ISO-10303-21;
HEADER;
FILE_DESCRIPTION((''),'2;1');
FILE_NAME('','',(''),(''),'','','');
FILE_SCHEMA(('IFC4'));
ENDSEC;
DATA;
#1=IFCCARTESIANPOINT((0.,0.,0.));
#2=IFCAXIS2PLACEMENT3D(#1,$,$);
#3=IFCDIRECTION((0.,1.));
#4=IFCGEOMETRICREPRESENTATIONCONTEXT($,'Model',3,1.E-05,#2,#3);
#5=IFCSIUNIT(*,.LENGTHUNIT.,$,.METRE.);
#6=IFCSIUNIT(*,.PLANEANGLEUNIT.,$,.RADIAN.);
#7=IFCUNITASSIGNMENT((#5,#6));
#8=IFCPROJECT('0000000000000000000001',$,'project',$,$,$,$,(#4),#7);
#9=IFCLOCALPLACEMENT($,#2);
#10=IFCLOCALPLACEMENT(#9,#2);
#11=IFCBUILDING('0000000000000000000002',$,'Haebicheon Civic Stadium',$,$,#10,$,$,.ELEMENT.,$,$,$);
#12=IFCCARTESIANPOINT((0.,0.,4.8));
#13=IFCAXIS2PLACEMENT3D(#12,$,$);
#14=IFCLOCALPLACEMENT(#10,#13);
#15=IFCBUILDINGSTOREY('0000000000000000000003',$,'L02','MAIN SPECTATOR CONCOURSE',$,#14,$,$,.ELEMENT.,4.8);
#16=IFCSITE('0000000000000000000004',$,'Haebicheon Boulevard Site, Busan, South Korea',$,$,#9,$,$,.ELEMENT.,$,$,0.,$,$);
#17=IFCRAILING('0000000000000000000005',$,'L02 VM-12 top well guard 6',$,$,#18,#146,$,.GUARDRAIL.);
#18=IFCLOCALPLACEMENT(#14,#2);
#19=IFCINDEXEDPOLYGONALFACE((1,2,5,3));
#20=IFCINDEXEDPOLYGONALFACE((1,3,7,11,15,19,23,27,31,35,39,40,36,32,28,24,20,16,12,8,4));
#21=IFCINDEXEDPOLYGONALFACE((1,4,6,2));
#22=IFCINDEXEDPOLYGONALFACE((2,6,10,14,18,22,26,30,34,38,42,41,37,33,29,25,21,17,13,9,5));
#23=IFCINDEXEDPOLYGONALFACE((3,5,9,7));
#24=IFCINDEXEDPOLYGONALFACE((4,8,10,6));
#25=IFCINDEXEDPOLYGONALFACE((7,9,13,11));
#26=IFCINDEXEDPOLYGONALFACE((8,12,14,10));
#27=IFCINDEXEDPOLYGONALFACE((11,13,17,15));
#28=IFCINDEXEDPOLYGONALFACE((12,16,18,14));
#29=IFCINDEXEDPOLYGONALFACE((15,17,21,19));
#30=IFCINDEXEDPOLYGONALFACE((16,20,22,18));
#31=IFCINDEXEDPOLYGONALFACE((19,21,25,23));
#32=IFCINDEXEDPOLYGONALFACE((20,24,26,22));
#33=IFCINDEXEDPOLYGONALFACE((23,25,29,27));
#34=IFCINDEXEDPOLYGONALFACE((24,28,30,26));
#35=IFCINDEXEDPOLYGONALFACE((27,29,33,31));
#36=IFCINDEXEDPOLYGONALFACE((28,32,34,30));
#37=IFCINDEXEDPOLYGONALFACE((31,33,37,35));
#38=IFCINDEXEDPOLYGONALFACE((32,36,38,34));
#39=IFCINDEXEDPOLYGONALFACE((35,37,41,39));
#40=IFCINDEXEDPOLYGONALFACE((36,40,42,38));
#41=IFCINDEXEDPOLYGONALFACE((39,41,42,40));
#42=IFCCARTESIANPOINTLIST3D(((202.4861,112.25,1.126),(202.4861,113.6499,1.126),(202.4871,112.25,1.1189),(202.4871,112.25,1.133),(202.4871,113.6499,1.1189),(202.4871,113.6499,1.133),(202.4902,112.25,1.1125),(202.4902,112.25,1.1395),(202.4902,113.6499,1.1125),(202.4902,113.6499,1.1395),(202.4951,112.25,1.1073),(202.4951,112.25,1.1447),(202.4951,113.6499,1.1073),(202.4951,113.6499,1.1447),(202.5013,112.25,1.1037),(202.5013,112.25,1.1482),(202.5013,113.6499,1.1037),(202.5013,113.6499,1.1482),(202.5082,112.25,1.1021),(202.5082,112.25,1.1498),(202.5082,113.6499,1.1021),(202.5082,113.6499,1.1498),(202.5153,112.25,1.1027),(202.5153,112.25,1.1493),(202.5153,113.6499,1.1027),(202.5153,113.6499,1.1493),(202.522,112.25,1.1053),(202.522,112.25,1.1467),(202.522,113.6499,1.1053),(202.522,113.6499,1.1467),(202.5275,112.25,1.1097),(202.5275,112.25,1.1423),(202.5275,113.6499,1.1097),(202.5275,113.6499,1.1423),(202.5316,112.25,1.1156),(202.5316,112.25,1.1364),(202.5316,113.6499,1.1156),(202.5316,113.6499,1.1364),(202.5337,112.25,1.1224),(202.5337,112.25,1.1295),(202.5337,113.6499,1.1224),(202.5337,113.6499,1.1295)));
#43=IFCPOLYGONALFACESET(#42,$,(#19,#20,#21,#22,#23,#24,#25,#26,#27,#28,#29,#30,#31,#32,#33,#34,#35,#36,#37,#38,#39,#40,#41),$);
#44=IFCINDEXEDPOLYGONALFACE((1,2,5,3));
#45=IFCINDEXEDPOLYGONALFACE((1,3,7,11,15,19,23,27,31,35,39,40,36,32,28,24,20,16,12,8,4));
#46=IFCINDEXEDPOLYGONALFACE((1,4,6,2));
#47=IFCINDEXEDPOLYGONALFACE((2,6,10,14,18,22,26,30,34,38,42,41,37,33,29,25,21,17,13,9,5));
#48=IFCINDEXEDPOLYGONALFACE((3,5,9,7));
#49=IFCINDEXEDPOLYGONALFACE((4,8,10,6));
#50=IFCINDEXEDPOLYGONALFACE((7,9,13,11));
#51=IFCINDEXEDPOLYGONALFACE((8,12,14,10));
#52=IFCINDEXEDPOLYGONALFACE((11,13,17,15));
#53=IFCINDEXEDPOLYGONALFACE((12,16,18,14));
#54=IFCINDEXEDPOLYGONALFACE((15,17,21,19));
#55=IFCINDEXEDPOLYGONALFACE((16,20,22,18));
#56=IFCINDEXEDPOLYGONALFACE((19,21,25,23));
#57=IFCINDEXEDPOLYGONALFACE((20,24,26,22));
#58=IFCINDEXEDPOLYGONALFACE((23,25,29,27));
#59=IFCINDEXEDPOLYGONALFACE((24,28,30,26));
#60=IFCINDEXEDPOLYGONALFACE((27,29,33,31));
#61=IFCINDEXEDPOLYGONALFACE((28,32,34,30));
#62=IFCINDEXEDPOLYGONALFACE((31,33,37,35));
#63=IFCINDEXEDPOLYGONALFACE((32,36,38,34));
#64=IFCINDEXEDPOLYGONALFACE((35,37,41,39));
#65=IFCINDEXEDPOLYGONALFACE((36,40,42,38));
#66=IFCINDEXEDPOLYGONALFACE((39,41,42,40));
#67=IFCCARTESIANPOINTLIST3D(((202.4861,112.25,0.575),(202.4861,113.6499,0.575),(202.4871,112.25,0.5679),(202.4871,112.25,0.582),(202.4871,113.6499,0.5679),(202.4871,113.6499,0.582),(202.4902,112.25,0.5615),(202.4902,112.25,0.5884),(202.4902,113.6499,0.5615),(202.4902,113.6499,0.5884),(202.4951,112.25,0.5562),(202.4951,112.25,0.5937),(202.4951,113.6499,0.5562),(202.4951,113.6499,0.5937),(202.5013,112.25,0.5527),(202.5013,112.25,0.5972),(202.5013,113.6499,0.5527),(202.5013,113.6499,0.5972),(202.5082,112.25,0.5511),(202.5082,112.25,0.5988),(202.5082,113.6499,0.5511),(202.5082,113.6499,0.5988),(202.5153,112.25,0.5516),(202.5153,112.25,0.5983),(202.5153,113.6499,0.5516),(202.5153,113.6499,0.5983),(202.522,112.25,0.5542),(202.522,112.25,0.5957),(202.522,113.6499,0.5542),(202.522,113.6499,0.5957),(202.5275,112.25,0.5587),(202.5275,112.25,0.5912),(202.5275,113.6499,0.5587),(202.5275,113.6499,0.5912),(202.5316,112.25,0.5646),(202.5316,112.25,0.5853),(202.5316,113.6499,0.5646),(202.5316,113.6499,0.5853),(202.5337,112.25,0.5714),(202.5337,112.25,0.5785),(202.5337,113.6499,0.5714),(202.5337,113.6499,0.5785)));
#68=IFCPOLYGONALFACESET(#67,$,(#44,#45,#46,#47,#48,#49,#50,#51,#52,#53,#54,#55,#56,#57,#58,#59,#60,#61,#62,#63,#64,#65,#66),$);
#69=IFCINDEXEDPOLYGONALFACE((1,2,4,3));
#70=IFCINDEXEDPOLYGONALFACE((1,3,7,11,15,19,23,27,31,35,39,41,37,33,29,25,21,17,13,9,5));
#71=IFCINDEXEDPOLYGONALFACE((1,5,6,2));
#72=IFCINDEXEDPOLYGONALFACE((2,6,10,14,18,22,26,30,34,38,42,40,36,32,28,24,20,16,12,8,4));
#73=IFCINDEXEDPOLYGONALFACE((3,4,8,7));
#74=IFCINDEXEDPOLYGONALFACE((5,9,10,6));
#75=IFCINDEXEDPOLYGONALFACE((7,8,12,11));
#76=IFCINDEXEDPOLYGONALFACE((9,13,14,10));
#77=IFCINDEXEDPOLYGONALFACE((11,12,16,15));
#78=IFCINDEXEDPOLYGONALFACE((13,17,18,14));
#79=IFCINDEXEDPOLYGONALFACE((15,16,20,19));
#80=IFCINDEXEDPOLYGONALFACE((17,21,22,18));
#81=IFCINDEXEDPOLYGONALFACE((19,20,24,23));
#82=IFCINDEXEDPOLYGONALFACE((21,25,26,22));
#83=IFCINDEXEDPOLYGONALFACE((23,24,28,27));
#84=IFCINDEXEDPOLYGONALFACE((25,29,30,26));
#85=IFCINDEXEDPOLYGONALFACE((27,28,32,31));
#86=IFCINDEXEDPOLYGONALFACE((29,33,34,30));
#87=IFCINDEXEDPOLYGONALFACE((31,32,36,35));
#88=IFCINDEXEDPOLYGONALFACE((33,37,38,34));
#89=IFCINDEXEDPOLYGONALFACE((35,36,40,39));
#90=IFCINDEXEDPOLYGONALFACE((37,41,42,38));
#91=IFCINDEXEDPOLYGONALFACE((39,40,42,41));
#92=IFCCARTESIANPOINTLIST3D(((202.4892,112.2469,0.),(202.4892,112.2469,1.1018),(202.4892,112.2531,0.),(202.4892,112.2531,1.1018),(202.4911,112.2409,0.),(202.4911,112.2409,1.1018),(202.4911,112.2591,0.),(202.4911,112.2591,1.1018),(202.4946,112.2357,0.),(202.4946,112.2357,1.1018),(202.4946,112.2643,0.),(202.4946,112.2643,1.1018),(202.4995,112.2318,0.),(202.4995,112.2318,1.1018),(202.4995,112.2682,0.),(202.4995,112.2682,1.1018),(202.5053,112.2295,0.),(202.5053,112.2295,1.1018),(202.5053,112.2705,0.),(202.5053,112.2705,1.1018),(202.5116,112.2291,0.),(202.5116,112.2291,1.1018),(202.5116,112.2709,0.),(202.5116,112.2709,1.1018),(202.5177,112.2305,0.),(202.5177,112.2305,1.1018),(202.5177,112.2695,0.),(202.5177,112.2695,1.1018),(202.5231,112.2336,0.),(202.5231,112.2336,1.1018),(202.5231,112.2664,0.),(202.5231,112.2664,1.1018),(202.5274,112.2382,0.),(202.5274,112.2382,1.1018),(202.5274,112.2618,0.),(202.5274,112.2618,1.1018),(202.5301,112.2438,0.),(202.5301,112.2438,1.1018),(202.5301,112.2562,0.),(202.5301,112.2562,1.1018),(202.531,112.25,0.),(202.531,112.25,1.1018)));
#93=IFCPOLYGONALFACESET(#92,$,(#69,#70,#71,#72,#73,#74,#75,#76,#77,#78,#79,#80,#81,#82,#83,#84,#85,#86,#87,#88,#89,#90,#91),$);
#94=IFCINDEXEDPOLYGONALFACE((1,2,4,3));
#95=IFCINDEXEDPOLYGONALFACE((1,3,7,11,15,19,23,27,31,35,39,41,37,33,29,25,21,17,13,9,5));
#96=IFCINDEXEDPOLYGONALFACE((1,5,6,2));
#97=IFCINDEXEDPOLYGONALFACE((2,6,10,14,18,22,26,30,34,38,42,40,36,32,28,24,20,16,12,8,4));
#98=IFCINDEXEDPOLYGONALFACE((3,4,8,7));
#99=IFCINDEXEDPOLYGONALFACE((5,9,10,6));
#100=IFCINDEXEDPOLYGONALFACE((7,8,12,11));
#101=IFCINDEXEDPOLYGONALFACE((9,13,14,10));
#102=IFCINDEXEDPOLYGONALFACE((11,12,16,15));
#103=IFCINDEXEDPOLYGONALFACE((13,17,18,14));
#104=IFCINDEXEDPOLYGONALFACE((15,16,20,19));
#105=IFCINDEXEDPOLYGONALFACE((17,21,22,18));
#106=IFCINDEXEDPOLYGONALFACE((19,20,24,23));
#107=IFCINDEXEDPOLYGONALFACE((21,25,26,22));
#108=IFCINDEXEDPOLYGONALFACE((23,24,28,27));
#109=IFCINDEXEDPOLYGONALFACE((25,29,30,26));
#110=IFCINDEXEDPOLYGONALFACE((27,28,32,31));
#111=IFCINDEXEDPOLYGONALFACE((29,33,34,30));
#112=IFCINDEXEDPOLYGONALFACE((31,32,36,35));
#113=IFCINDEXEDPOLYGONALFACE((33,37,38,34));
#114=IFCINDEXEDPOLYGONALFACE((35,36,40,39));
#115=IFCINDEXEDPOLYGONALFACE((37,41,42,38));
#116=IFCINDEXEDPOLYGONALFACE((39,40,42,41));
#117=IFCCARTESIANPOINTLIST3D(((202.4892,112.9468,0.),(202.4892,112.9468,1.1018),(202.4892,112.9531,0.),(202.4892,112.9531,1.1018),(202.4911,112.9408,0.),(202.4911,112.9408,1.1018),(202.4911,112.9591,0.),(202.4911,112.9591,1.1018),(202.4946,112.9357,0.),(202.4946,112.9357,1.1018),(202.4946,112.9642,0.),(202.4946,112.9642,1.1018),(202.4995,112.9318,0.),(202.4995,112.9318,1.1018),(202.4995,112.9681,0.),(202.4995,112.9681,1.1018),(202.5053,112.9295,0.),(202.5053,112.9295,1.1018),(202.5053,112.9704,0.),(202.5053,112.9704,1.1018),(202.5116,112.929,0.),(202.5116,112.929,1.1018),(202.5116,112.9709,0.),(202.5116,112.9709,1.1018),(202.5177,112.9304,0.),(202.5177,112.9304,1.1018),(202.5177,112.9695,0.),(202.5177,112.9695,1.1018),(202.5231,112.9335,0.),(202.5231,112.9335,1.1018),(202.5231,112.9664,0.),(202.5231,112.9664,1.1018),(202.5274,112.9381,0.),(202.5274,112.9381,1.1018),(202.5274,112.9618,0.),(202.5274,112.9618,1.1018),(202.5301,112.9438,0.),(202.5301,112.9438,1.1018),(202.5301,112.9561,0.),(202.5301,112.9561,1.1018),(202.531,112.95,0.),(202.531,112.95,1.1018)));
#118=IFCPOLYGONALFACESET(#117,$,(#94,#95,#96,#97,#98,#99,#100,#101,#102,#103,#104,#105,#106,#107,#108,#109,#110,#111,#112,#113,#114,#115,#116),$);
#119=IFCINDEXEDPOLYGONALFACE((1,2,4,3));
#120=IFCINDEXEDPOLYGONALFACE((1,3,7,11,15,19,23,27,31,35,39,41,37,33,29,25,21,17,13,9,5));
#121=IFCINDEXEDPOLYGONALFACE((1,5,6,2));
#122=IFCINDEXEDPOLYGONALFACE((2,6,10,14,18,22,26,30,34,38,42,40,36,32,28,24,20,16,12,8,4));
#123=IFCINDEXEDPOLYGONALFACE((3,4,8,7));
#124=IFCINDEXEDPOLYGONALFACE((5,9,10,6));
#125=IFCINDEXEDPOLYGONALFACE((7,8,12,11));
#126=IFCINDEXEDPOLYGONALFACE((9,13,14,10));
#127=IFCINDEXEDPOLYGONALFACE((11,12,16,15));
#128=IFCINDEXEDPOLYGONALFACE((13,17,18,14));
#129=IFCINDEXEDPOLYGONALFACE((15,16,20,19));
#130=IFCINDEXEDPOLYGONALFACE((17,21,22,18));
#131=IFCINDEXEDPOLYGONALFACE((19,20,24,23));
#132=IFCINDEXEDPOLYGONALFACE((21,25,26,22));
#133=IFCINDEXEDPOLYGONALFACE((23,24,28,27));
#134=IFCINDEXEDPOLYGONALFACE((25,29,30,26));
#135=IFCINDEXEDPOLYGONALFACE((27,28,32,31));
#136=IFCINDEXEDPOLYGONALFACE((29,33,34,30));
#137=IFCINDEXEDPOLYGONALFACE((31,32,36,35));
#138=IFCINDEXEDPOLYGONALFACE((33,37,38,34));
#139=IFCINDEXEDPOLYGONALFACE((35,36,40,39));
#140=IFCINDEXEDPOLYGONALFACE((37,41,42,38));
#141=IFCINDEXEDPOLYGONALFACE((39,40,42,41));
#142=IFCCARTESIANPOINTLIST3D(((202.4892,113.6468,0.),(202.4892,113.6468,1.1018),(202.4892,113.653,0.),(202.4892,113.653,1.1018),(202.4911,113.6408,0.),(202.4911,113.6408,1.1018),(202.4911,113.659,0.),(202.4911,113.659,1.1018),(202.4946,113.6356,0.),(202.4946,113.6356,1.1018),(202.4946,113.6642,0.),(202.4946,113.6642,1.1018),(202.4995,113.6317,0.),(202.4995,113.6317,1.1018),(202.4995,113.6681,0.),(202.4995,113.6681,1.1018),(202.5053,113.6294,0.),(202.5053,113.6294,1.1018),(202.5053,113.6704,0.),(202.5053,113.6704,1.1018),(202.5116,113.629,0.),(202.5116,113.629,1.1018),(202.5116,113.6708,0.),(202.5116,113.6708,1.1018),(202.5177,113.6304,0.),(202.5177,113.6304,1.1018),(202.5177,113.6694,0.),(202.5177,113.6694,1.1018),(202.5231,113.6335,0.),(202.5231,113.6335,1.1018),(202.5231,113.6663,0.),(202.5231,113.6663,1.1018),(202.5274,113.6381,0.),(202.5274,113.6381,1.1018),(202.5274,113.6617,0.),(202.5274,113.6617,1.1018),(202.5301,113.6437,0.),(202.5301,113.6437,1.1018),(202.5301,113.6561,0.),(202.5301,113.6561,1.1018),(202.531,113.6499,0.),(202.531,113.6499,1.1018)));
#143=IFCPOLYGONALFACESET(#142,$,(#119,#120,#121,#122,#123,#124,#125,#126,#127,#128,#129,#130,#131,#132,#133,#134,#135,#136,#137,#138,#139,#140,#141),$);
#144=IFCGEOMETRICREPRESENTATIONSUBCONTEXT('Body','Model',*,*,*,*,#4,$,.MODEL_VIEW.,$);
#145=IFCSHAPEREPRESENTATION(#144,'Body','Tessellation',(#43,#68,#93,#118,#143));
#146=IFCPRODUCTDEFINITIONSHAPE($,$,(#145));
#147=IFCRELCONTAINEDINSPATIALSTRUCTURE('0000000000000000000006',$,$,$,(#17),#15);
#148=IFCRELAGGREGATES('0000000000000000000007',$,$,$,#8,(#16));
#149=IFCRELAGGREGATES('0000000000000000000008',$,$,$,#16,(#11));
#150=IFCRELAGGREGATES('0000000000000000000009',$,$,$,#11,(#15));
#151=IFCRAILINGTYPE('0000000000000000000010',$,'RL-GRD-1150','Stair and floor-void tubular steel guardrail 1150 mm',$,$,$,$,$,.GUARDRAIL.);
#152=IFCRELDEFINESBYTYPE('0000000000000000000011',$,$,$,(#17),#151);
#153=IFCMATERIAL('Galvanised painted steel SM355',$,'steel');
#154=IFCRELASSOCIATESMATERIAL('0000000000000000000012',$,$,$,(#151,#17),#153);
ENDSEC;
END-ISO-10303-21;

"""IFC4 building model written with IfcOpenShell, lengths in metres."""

from ifc_helpers import new_model, si_unit, direction, frame, origin, origin_2d, place, context, subcontext, project, spatial, circle, extrude, material, type_object, element, save


model = new_model("IFC4")

# Units and contexts
model_context = context("Model", 3, precision=1e-05, world=origin(), true_north=direction((0.0, 1.0)))
body_context = subcontext(model_context, "Body", "Model", "MODEL_VIEW")
ifc_project = project(units=[si_unit("LENGTHUNIT", "METRE"), si_unit("PLANEANGLEUNIT", "RADIAN")], contexts=[model_context])

# Site, building, storey
site_placement = place(None, origin())
site = spatial("IfcSite", under=ifc_project, at=site_placement, Name="Haebicheon Boulevard Site, Busan, South Korea", CompositionType="ELEMENT", RefElevation=0.0)
building_placement = place(site_placement, origin())
building = spatial("IfcBuilding", under=site, at=building_placement, Name="Haebicheon Civic Stadium", CompositionType="ELEMENT")
storey_placement = place(building_placement, frame((0.0, 0.0, 4.8)))
storey = spatial("IfcBuildingStorey", under=building, at=storey_placement, Name="L02", Description="MAIN SPECTATOR CONCOURSE", CompositionType="ELEMENT", Elevation=4.8)

# Railing
ifc_material_1 = material(Name="Galvanised painted steel SM355", Category="steel")
railing_type_1 = type_object("IfcRailingType", Name="RL-GRD-1150", Description="Stair and floor-void tubular steel guardrail 1150 mm", PredefinedType="GUARDRAIL", material=ifc_material_1)
for number, where, name in (
    (1, (202.51, 112.25, 0.0), "L02 VM-12 top well guard 6"),
):
    element("IfcRailing", number, at=place(storey_placement, frame(where)), inside=storey, type_object=railing_type_1, material=ifc_material_1, Name=name, PredefinedType="GUARDRAIL", context=body_context, shape_type="SweptSolid", body=[
        extrude(circle(Radius=0.0239, at=origin_2d()), frame((0.0, 0.0, 1.126), z_axis=(0.0, 1.0, 0.0), x_axis=(-1.0, 0.0, 0.0)), (0.0, 0.0, 1.0), 1.3999),
        extrude(circle(Radius=0.0239, at=origin_2d()), frame((0.0, 0.0, 0.575), z_axis=(0.0, 1.0, 0.0), x_axis=(-1.0, 0.0, 0.0)), (0.0, 0.0, 1.0), 1.3999),
        extrude(circle(Radius=0.021, at=origin_2d()), origin(), (0.0, 0.0, 1.0), 1.1018),
        extrude(circle(Radius=0.021, at=origin_2d()), frame((0.0, 0.7, 0.0)), (0.0, 0.0, 1.0), 1.1018),
        extrude(circle(Radius=0.021, at=origin_2d()), frame((0.0, 1.3999, 0.0)), (0.0, 0.0, 1.0), 1.1018),
    ])

save(model, "model.ifc")
